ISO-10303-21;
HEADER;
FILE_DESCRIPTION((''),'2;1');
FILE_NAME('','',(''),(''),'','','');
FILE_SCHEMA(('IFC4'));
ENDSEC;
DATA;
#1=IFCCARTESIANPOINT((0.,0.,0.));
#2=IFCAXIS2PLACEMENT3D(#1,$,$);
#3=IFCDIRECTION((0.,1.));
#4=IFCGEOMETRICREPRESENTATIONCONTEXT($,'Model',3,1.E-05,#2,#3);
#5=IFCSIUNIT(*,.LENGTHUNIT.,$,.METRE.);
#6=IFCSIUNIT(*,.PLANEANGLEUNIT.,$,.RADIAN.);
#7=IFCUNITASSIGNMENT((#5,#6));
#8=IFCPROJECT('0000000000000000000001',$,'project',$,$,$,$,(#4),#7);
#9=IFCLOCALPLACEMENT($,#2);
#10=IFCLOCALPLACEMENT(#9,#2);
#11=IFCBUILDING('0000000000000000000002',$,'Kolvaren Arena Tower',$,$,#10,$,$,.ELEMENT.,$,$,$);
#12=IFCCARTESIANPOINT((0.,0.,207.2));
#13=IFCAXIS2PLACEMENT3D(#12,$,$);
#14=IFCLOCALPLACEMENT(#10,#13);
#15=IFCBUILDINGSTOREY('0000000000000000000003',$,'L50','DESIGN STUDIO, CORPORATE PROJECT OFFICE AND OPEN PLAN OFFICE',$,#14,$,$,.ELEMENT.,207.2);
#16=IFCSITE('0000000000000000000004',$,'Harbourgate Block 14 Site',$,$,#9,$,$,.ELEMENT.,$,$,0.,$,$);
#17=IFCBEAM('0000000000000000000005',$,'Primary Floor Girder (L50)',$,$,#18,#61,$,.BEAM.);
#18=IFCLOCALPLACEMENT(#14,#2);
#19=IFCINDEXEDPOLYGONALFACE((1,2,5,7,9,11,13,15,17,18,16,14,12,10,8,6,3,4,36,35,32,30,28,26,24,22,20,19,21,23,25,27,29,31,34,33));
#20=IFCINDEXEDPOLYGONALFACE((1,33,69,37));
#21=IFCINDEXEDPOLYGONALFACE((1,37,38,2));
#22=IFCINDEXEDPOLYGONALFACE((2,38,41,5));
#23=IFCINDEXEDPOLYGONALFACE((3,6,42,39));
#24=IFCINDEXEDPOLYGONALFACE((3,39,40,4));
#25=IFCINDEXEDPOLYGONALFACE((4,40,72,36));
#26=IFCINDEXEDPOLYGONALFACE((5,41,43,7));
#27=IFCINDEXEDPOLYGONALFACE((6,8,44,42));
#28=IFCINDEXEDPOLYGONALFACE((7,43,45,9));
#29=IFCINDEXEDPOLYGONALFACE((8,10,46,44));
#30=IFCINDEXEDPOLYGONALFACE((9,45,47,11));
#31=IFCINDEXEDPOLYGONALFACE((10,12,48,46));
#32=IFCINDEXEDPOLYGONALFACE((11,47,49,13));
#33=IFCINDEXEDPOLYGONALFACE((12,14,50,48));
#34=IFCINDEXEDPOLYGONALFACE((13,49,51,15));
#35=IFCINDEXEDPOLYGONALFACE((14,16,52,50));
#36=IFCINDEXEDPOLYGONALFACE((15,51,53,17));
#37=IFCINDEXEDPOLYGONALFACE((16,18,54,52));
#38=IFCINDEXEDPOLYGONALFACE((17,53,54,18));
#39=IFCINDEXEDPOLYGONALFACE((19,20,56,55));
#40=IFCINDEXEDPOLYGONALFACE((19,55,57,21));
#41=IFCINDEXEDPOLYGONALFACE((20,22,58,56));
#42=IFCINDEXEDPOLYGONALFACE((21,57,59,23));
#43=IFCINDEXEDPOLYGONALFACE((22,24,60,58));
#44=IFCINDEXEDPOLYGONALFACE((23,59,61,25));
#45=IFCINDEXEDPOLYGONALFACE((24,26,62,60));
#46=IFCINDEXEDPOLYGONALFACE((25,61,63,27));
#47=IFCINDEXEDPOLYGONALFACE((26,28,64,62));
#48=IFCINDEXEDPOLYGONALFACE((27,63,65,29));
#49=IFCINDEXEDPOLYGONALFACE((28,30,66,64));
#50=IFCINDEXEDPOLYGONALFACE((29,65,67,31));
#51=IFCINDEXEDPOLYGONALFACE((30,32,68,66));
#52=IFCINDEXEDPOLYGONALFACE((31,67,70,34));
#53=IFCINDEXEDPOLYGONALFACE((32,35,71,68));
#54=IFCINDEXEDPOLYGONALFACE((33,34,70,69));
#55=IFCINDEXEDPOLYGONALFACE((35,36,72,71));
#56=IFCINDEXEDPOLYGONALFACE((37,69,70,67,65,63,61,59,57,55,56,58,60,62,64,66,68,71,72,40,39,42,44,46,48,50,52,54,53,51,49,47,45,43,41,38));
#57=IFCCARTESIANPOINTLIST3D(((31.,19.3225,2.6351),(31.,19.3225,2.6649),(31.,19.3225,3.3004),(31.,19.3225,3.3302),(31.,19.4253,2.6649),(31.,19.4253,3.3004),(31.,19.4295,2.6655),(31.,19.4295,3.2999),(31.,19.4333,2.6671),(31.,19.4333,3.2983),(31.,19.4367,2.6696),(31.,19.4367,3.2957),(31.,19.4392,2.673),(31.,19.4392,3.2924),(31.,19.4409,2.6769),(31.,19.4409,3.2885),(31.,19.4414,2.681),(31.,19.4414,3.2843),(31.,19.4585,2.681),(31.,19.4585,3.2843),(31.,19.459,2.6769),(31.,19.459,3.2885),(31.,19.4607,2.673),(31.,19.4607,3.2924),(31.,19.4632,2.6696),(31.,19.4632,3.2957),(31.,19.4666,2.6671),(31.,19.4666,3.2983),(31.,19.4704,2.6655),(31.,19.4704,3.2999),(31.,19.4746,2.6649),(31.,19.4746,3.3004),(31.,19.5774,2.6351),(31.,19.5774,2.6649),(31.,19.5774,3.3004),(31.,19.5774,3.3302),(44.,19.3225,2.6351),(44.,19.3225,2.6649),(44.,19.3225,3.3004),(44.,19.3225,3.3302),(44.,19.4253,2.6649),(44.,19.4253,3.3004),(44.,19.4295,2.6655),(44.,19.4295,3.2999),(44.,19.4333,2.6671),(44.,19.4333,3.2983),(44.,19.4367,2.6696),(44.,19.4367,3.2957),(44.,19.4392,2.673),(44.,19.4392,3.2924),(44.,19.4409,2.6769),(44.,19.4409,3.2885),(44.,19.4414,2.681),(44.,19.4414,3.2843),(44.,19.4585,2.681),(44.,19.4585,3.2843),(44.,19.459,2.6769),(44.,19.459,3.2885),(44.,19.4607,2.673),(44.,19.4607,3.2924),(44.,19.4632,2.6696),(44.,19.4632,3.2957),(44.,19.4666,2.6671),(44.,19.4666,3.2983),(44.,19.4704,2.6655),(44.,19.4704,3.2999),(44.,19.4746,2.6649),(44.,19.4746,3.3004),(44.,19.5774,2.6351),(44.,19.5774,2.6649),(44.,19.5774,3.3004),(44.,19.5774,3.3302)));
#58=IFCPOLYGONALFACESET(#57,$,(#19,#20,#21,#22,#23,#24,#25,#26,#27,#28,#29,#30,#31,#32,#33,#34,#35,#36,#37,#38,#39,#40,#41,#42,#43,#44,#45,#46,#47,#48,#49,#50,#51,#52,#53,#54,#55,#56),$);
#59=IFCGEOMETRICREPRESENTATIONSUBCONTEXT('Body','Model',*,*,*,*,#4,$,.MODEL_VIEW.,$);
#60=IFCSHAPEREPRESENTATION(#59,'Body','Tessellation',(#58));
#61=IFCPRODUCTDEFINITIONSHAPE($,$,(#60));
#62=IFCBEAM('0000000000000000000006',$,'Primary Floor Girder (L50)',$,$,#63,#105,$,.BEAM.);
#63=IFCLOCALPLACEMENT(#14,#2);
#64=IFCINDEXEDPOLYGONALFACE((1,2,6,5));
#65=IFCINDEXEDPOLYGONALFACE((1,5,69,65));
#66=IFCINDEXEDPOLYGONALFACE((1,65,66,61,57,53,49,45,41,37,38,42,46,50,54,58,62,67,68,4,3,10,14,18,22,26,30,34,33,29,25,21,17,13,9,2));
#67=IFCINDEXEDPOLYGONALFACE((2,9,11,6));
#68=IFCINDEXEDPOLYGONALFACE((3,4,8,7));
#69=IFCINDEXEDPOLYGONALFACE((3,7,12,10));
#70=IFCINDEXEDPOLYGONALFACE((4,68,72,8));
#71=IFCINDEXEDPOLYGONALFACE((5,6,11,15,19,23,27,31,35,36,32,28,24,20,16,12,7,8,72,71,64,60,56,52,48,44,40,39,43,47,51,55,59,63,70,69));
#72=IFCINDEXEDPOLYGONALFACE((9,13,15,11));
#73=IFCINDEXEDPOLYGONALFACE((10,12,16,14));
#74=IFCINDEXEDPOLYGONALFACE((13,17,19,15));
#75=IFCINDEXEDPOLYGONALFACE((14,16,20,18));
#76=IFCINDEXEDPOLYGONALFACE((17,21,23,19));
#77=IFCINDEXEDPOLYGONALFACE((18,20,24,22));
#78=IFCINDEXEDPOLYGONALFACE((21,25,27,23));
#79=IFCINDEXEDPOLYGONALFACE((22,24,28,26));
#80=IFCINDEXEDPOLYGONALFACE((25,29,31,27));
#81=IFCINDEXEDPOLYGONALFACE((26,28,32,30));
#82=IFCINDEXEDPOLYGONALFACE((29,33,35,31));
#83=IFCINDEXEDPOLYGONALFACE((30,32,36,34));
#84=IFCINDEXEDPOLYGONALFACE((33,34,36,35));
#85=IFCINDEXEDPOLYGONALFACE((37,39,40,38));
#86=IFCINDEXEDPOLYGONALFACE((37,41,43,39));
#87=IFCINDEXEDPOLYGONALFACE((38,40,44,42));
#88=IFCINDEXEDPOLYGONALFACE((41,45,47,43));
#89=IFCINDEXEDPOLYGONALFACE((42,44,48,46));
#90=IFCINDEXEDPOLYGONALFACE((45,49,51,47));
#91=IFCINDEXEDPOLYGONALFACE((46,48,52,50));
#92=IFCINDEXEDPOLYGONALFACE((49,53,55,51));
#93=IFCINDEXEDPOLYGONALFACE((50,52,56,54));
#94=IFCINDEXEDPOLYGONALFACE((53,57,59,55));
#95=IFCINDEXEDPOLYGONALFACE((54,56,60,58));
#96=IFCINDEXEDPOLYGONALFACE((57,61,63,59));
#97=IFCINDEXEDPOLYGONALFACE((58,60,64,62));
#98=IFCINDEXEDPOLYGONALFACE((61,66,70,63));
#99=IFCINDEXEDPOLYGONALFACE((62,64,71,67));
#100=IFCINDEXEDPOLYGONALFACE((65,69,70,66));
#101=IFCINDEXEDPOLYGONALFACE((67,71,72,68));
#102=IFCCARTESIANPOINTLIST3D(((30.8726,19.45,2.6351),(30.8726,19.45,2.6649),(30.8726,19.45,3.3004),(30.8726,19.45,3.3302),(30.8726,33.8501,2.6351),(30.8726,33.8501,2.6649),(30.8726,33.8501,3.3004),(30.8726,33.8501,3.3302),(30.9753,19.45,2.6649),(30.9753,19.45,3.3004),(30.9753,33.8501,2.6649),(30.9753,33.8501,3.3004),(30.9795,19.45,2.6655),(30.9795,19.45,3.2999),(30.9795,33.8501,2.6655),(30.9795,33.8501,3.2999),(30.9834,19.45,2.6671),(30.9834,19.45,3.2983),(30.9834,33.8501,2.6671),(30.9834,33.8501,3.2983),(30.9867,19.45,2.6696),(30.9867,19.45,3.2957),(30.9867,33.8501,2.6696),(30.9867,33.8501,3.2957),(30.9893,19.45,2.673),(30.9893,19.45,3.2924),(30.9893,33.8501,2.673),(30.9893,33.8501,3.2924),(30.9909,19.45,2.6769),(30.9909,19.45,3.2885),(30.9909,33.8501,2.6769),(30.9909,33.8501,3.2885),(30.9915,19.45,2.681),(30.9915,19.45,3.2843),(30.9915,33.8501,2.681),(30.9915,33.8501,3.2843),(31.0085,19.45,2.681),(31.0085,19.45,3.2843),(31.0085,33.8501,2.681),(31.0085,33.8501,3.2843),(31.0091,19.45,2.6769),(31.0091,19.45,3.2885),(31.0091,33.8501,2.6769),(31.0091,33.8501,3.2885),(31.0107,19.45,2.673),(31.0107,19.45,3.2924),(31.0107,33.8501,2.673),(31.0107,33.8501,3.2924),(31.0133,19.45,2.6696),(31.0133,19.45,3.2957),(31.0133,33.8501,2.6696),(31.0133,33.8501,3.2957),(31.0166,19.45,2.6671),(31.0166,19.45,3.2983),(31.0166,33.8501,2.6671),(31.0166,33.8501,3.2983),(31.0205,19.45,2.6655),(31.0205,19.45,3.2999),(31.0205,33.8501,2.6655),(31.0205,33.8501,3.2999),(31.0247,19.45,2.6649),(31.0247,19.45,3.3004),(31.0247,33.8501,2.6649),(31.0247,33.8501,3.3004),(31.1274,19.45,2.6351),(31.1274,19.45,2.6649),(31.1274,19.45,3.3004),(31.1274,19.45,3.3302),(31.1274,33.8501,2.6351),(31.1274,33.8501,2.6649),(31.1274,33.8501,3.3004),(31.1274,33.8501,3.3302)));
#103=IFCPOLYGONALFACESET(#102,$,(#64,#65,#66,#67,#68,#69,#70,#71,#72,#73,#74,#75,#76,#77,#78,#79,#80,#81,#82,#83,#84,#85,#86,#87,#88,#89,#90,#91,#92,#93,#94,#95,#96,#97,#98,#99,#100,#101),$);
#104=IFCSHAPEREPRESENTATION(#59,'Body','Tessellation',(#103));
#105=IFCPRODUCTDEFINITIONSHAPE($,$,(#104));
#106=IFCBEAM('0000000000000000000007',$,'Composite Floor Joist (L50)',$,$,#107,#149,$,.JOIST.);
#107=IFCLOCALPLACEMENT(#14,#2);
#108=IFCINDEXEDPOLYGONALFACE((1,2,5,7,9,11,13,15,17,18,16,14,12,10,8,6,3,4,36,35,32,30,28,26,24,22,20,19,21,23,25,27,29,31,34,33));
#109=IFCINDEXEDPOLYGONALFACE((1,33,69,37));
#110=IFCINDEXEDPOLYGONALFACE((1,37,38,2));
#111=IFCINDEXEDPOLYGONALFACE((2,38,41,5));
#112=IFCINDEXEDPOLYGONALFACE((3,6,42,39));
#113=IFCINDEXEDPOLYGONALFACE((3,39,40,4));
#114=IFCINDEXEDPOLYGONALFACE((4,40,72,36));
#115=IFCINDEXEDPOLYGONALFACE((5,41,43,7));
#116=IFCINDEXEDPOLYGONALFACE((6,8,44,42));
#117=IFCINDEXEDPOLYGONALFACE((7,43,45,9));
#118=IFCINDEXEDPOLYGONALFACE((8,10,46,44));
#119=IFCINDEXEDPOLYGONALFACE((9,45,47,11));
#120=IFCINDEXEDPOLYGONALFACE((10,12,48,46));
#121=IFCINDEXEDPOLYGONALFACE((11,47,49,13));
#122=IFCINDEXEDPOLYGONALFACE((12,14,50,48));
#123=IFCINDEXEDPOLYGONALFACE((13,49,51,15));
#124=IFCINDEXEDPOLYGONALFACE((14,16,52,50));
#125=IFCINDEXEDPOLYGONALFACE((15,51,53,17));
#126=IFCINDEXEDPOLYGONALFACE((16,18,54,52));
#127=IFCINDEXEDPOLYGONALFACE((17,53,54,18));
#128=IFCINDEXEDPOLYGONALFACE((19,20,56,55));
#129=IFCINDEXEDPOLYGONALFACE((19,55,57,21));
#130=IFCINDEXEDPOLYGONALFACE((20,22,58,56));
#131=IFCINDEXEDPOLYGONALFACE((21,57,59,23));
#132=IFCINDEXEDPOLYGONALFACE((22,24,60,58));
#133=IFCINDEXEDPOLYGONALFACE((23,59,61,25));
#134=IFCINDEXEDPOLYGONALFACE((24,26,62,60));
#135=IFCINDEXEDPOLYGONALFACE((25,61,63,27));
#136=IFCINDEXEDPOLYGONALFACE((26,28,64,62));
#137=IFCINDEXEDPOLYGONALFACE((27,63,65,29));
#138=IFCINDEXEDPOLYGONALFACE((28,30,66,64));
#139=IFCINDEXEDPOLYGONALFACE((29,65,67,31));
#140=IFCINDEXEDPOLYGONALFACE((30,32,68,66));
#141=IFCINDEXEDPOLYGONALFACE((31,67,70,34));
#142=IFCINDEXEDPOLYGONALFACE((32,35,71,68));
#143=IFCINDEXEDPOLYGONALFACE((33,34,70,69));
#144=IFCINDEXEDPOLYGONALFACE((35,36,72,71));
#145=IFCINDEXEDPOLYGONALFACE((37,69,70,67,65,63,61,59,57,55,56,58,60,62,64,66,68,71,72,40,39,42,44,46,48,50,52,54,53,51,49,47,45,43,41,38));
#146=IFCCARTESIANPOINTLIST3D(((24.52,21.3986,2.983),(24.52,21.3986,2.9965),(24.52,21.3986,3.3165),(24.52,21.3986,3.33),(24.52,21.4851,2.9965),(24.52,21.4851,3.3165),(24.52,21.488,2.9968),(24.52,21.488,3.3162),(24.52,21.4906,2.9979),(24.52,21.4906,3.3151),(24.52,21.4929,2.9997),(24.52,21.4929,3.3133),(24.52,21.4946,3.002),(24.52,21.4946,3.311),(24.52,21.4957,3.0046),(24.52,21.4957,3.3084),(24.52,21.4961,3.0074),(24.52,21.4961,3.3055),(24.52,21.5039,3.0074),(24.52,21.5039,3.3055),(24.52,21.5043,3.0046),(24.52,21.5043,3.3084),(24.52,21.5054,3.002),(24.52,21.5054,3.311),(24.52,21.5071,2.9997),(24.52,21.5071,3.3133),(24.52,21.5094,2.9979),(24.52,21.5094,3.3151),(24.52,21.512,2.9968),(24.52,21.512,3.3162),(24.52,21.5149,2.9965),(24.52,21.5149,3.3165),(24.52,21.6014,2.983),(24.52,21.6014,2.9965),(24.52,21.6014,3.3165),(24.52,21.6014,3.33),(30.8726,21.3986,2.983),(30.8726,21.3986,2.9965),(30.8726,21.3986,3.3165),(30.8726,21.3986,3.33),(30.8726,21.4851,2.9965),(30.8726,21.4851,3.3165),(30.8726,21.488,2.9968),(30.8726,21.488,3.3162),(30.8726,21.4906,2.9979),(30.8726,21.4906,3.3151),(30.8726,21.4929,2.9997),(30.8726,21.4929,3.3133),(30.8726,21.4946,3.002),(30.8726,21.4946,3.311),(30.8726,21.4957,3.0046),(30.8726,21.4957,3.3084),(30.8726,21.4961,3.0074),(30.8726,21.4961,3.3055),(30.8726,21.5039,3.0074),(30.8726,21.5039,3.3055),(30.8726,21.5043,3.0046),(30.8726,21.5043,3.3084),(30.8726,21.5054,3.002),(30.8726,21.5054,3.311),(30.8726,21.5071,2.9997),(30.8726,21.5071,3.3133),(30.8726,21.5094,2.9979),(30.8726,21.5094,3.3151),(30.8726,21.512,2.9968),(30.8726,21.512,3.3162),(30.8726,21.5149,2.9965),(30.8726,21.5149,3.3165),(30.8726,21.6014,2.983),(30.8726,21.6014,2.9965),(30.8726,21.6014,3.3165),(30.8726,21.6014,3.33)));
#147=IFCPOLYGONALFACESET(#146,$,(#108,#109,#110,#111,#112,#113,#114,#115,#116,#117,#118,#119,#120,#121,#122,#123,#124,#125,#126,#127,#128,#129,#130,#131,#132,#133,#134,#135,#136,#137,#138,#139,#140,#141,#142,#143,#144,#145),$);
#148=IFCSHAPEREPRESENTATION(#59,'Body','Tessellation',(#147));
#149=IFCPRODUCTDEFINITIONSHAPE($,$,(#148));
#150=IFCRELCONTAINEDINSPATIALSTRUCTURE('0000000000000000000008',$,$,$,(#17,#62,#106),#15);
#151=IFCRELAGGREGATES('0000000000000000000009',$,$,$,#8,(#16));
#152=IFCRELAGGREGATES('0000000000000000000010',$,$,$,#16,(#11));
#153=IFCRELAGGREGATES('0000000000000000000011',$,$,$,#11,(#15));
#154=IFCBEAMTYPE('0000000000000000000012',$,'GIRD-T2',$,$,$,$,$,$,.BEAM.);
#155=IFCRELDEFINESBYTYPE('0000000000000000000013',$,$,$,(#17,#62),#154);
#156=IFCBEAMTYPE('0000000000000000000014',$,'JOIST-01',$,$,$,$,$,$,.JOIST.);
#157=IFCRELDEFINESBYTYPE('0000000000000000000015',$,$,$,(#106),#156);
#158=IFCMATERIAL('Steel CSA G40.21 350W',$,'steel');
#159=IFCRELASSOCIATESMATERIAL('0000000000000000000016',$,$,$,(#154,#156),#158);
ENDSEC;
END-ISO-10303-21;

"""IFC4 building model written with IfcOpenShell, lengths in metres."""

from ifc_helpers import new_model, si_unit, direction, frame, origin, origin_2d, place, context, subcontext, project, spatial, i_section, extrude, material, material_profile, profile_set, type_object, element, save


model = new_model("IFC4")

# Units and contexts
model_context = context("Model", 3, precision=1e-05, world=origin(), true_north=direction((0.0, 1.0)))
body_context = subcontext(model_context, "Body", "Model", "MODEL_VIEW")
ifc_project = project(units=[si_unit("LENGTHUNIT", "METRE"), si_unit("PLANEANGLEUNIT", "RADIAN")], contexts=[model_context])

# Site, building, storey
site_placement = place(None, origin())
site = spatial("IfcSite", under=ifc_project, at=site_placement, Name="Harbourgate Block 14 Site", CompositionType="ELEMENT", RefElevation=0.0)
building_placement = place(site_placement, origin())
building = spatial("IfcBuilding", under=site, at=building_placement, Name="Kolvaren Arena Tower", CompositionType="ELEMENT")
storey_placement = place(building_placement, frame((0.0, 0.0, 207.2)))
storey = spatial("IfcBuildingStorey", under=building, at=storey_placement, Name="L50", Description="DESIGN STUDIO, CORPORATE PROJECT OFFICE AND OPEN PLAN OFFICE", CompositionType="ELEMENT", Elevation=207.2)

# Beams
ifc_material_1 = material(Name="Steel CSA G40.21 350W", Category="steel")
ifc_material_profile_1 = material_profile(ifc_material_1, i_section(OverallWidth=0.2549, OverallDepth=0.6951, WebThickness=0.0171, FlangeThickness=0.0298, FilletRadius=0.0161, at=origin_2d()), Name="W690x217")
ifc_profile_set_1 = profile_set([ifc_material_profile_1], Name="Steel CSA G40.21 350W")
beam_type_1 = type_object("IfcBeamType", Name="GIRD-T2", PredefinedType="BEAM", material=ifc_profile_set_1)
beam_1_placement = place(storey_placement, frame((31.0, 19.45, 2.9827), z_axis=(1.0, 0.0, 0.0), x_axis=(0.0, 1.0, 0.0)))
element("IfcBeam", 1, at=beam_1_placement, inside=storey, type_object=beam_type_1, Name="Primary Floor Girder (L50)", PredefinedType="BEAM", context=body_context, shape_type="SweptSolid", body=[
    extrude(i_section(OverallWidth=0.2549, OverallDepth=0.6951, WebThickness=0.0171, FlangeThickness=0.0298, FilletRadius=0.0161, at=origin_2d()), origin(), (0.0, 0.0, 1.0), 13.0),
])
beam_2_placement = place(storey_placement, frame((31.0, 19.45, 2.9827), z_axis=(0.0, 1.0, 0.0), x_axis=(-1.0, 0.0, 0.0)))
element("IfcBeam", 2, at=beam_2_placement, inside=storey, type_object=beam_type_1, Name="Primary Floor Girder (L50)", PredefinedType="BEAM", context=body_context, shape_type="SweptSolid", body=[
    extrude(i_section(OverallWidth=0.2549, OverallDepth=0.6951, WebThickness=0.0171, FlangeThickness=0.0298, FilletRadius=0.0161, at=origin_2d()), origin(), (0.0, 0.0, 1.0), 14.4001),
])
ifc_material_profile_2 = material_profile(ifc_material_1, i_section(OverallWidth=0.2029, OverallDepth=0.3469, WebThickness=0.0078, FlangeThickness=0.0134, FilletRadius=0.011, at=origin_2d()), Name="W360x64")
ifc_profile_set_2 = profile_set([ifc_material_profile_2], Name="Steel CSA G40.21 350W")
beam_type_2 = type_object("IfcBeamType", Name="JOIST-01", PredefinedType="JOIST", material=ifc_profile_set_2)
beam_3_placement = place(storey_placement, frame((24.52, 21.5, 3.1565), z_axis=(1.0, 0.0, 0.0), x_axis=(0.0, 1.0, 0.0)))
element("IfcBeam", 3, at=beam_3_placement, inside=storey, type_object=beam_type_2, Name="Composite Floor Joist (L50)", PredefinedType="JOIST", context=body_context, shape_type="SweptSolid", body=[
    extrude(i_section(OverallWidth=0.2029, OverallDepth=0.3469, WebThickness=0.0078, FlangeThickness=0.0134, FilletRadius=0.011, at=origin_2d()), origin(), (0.0, 0.0, 1.0), 6.3525),
])

save(model, "model.ifc")
